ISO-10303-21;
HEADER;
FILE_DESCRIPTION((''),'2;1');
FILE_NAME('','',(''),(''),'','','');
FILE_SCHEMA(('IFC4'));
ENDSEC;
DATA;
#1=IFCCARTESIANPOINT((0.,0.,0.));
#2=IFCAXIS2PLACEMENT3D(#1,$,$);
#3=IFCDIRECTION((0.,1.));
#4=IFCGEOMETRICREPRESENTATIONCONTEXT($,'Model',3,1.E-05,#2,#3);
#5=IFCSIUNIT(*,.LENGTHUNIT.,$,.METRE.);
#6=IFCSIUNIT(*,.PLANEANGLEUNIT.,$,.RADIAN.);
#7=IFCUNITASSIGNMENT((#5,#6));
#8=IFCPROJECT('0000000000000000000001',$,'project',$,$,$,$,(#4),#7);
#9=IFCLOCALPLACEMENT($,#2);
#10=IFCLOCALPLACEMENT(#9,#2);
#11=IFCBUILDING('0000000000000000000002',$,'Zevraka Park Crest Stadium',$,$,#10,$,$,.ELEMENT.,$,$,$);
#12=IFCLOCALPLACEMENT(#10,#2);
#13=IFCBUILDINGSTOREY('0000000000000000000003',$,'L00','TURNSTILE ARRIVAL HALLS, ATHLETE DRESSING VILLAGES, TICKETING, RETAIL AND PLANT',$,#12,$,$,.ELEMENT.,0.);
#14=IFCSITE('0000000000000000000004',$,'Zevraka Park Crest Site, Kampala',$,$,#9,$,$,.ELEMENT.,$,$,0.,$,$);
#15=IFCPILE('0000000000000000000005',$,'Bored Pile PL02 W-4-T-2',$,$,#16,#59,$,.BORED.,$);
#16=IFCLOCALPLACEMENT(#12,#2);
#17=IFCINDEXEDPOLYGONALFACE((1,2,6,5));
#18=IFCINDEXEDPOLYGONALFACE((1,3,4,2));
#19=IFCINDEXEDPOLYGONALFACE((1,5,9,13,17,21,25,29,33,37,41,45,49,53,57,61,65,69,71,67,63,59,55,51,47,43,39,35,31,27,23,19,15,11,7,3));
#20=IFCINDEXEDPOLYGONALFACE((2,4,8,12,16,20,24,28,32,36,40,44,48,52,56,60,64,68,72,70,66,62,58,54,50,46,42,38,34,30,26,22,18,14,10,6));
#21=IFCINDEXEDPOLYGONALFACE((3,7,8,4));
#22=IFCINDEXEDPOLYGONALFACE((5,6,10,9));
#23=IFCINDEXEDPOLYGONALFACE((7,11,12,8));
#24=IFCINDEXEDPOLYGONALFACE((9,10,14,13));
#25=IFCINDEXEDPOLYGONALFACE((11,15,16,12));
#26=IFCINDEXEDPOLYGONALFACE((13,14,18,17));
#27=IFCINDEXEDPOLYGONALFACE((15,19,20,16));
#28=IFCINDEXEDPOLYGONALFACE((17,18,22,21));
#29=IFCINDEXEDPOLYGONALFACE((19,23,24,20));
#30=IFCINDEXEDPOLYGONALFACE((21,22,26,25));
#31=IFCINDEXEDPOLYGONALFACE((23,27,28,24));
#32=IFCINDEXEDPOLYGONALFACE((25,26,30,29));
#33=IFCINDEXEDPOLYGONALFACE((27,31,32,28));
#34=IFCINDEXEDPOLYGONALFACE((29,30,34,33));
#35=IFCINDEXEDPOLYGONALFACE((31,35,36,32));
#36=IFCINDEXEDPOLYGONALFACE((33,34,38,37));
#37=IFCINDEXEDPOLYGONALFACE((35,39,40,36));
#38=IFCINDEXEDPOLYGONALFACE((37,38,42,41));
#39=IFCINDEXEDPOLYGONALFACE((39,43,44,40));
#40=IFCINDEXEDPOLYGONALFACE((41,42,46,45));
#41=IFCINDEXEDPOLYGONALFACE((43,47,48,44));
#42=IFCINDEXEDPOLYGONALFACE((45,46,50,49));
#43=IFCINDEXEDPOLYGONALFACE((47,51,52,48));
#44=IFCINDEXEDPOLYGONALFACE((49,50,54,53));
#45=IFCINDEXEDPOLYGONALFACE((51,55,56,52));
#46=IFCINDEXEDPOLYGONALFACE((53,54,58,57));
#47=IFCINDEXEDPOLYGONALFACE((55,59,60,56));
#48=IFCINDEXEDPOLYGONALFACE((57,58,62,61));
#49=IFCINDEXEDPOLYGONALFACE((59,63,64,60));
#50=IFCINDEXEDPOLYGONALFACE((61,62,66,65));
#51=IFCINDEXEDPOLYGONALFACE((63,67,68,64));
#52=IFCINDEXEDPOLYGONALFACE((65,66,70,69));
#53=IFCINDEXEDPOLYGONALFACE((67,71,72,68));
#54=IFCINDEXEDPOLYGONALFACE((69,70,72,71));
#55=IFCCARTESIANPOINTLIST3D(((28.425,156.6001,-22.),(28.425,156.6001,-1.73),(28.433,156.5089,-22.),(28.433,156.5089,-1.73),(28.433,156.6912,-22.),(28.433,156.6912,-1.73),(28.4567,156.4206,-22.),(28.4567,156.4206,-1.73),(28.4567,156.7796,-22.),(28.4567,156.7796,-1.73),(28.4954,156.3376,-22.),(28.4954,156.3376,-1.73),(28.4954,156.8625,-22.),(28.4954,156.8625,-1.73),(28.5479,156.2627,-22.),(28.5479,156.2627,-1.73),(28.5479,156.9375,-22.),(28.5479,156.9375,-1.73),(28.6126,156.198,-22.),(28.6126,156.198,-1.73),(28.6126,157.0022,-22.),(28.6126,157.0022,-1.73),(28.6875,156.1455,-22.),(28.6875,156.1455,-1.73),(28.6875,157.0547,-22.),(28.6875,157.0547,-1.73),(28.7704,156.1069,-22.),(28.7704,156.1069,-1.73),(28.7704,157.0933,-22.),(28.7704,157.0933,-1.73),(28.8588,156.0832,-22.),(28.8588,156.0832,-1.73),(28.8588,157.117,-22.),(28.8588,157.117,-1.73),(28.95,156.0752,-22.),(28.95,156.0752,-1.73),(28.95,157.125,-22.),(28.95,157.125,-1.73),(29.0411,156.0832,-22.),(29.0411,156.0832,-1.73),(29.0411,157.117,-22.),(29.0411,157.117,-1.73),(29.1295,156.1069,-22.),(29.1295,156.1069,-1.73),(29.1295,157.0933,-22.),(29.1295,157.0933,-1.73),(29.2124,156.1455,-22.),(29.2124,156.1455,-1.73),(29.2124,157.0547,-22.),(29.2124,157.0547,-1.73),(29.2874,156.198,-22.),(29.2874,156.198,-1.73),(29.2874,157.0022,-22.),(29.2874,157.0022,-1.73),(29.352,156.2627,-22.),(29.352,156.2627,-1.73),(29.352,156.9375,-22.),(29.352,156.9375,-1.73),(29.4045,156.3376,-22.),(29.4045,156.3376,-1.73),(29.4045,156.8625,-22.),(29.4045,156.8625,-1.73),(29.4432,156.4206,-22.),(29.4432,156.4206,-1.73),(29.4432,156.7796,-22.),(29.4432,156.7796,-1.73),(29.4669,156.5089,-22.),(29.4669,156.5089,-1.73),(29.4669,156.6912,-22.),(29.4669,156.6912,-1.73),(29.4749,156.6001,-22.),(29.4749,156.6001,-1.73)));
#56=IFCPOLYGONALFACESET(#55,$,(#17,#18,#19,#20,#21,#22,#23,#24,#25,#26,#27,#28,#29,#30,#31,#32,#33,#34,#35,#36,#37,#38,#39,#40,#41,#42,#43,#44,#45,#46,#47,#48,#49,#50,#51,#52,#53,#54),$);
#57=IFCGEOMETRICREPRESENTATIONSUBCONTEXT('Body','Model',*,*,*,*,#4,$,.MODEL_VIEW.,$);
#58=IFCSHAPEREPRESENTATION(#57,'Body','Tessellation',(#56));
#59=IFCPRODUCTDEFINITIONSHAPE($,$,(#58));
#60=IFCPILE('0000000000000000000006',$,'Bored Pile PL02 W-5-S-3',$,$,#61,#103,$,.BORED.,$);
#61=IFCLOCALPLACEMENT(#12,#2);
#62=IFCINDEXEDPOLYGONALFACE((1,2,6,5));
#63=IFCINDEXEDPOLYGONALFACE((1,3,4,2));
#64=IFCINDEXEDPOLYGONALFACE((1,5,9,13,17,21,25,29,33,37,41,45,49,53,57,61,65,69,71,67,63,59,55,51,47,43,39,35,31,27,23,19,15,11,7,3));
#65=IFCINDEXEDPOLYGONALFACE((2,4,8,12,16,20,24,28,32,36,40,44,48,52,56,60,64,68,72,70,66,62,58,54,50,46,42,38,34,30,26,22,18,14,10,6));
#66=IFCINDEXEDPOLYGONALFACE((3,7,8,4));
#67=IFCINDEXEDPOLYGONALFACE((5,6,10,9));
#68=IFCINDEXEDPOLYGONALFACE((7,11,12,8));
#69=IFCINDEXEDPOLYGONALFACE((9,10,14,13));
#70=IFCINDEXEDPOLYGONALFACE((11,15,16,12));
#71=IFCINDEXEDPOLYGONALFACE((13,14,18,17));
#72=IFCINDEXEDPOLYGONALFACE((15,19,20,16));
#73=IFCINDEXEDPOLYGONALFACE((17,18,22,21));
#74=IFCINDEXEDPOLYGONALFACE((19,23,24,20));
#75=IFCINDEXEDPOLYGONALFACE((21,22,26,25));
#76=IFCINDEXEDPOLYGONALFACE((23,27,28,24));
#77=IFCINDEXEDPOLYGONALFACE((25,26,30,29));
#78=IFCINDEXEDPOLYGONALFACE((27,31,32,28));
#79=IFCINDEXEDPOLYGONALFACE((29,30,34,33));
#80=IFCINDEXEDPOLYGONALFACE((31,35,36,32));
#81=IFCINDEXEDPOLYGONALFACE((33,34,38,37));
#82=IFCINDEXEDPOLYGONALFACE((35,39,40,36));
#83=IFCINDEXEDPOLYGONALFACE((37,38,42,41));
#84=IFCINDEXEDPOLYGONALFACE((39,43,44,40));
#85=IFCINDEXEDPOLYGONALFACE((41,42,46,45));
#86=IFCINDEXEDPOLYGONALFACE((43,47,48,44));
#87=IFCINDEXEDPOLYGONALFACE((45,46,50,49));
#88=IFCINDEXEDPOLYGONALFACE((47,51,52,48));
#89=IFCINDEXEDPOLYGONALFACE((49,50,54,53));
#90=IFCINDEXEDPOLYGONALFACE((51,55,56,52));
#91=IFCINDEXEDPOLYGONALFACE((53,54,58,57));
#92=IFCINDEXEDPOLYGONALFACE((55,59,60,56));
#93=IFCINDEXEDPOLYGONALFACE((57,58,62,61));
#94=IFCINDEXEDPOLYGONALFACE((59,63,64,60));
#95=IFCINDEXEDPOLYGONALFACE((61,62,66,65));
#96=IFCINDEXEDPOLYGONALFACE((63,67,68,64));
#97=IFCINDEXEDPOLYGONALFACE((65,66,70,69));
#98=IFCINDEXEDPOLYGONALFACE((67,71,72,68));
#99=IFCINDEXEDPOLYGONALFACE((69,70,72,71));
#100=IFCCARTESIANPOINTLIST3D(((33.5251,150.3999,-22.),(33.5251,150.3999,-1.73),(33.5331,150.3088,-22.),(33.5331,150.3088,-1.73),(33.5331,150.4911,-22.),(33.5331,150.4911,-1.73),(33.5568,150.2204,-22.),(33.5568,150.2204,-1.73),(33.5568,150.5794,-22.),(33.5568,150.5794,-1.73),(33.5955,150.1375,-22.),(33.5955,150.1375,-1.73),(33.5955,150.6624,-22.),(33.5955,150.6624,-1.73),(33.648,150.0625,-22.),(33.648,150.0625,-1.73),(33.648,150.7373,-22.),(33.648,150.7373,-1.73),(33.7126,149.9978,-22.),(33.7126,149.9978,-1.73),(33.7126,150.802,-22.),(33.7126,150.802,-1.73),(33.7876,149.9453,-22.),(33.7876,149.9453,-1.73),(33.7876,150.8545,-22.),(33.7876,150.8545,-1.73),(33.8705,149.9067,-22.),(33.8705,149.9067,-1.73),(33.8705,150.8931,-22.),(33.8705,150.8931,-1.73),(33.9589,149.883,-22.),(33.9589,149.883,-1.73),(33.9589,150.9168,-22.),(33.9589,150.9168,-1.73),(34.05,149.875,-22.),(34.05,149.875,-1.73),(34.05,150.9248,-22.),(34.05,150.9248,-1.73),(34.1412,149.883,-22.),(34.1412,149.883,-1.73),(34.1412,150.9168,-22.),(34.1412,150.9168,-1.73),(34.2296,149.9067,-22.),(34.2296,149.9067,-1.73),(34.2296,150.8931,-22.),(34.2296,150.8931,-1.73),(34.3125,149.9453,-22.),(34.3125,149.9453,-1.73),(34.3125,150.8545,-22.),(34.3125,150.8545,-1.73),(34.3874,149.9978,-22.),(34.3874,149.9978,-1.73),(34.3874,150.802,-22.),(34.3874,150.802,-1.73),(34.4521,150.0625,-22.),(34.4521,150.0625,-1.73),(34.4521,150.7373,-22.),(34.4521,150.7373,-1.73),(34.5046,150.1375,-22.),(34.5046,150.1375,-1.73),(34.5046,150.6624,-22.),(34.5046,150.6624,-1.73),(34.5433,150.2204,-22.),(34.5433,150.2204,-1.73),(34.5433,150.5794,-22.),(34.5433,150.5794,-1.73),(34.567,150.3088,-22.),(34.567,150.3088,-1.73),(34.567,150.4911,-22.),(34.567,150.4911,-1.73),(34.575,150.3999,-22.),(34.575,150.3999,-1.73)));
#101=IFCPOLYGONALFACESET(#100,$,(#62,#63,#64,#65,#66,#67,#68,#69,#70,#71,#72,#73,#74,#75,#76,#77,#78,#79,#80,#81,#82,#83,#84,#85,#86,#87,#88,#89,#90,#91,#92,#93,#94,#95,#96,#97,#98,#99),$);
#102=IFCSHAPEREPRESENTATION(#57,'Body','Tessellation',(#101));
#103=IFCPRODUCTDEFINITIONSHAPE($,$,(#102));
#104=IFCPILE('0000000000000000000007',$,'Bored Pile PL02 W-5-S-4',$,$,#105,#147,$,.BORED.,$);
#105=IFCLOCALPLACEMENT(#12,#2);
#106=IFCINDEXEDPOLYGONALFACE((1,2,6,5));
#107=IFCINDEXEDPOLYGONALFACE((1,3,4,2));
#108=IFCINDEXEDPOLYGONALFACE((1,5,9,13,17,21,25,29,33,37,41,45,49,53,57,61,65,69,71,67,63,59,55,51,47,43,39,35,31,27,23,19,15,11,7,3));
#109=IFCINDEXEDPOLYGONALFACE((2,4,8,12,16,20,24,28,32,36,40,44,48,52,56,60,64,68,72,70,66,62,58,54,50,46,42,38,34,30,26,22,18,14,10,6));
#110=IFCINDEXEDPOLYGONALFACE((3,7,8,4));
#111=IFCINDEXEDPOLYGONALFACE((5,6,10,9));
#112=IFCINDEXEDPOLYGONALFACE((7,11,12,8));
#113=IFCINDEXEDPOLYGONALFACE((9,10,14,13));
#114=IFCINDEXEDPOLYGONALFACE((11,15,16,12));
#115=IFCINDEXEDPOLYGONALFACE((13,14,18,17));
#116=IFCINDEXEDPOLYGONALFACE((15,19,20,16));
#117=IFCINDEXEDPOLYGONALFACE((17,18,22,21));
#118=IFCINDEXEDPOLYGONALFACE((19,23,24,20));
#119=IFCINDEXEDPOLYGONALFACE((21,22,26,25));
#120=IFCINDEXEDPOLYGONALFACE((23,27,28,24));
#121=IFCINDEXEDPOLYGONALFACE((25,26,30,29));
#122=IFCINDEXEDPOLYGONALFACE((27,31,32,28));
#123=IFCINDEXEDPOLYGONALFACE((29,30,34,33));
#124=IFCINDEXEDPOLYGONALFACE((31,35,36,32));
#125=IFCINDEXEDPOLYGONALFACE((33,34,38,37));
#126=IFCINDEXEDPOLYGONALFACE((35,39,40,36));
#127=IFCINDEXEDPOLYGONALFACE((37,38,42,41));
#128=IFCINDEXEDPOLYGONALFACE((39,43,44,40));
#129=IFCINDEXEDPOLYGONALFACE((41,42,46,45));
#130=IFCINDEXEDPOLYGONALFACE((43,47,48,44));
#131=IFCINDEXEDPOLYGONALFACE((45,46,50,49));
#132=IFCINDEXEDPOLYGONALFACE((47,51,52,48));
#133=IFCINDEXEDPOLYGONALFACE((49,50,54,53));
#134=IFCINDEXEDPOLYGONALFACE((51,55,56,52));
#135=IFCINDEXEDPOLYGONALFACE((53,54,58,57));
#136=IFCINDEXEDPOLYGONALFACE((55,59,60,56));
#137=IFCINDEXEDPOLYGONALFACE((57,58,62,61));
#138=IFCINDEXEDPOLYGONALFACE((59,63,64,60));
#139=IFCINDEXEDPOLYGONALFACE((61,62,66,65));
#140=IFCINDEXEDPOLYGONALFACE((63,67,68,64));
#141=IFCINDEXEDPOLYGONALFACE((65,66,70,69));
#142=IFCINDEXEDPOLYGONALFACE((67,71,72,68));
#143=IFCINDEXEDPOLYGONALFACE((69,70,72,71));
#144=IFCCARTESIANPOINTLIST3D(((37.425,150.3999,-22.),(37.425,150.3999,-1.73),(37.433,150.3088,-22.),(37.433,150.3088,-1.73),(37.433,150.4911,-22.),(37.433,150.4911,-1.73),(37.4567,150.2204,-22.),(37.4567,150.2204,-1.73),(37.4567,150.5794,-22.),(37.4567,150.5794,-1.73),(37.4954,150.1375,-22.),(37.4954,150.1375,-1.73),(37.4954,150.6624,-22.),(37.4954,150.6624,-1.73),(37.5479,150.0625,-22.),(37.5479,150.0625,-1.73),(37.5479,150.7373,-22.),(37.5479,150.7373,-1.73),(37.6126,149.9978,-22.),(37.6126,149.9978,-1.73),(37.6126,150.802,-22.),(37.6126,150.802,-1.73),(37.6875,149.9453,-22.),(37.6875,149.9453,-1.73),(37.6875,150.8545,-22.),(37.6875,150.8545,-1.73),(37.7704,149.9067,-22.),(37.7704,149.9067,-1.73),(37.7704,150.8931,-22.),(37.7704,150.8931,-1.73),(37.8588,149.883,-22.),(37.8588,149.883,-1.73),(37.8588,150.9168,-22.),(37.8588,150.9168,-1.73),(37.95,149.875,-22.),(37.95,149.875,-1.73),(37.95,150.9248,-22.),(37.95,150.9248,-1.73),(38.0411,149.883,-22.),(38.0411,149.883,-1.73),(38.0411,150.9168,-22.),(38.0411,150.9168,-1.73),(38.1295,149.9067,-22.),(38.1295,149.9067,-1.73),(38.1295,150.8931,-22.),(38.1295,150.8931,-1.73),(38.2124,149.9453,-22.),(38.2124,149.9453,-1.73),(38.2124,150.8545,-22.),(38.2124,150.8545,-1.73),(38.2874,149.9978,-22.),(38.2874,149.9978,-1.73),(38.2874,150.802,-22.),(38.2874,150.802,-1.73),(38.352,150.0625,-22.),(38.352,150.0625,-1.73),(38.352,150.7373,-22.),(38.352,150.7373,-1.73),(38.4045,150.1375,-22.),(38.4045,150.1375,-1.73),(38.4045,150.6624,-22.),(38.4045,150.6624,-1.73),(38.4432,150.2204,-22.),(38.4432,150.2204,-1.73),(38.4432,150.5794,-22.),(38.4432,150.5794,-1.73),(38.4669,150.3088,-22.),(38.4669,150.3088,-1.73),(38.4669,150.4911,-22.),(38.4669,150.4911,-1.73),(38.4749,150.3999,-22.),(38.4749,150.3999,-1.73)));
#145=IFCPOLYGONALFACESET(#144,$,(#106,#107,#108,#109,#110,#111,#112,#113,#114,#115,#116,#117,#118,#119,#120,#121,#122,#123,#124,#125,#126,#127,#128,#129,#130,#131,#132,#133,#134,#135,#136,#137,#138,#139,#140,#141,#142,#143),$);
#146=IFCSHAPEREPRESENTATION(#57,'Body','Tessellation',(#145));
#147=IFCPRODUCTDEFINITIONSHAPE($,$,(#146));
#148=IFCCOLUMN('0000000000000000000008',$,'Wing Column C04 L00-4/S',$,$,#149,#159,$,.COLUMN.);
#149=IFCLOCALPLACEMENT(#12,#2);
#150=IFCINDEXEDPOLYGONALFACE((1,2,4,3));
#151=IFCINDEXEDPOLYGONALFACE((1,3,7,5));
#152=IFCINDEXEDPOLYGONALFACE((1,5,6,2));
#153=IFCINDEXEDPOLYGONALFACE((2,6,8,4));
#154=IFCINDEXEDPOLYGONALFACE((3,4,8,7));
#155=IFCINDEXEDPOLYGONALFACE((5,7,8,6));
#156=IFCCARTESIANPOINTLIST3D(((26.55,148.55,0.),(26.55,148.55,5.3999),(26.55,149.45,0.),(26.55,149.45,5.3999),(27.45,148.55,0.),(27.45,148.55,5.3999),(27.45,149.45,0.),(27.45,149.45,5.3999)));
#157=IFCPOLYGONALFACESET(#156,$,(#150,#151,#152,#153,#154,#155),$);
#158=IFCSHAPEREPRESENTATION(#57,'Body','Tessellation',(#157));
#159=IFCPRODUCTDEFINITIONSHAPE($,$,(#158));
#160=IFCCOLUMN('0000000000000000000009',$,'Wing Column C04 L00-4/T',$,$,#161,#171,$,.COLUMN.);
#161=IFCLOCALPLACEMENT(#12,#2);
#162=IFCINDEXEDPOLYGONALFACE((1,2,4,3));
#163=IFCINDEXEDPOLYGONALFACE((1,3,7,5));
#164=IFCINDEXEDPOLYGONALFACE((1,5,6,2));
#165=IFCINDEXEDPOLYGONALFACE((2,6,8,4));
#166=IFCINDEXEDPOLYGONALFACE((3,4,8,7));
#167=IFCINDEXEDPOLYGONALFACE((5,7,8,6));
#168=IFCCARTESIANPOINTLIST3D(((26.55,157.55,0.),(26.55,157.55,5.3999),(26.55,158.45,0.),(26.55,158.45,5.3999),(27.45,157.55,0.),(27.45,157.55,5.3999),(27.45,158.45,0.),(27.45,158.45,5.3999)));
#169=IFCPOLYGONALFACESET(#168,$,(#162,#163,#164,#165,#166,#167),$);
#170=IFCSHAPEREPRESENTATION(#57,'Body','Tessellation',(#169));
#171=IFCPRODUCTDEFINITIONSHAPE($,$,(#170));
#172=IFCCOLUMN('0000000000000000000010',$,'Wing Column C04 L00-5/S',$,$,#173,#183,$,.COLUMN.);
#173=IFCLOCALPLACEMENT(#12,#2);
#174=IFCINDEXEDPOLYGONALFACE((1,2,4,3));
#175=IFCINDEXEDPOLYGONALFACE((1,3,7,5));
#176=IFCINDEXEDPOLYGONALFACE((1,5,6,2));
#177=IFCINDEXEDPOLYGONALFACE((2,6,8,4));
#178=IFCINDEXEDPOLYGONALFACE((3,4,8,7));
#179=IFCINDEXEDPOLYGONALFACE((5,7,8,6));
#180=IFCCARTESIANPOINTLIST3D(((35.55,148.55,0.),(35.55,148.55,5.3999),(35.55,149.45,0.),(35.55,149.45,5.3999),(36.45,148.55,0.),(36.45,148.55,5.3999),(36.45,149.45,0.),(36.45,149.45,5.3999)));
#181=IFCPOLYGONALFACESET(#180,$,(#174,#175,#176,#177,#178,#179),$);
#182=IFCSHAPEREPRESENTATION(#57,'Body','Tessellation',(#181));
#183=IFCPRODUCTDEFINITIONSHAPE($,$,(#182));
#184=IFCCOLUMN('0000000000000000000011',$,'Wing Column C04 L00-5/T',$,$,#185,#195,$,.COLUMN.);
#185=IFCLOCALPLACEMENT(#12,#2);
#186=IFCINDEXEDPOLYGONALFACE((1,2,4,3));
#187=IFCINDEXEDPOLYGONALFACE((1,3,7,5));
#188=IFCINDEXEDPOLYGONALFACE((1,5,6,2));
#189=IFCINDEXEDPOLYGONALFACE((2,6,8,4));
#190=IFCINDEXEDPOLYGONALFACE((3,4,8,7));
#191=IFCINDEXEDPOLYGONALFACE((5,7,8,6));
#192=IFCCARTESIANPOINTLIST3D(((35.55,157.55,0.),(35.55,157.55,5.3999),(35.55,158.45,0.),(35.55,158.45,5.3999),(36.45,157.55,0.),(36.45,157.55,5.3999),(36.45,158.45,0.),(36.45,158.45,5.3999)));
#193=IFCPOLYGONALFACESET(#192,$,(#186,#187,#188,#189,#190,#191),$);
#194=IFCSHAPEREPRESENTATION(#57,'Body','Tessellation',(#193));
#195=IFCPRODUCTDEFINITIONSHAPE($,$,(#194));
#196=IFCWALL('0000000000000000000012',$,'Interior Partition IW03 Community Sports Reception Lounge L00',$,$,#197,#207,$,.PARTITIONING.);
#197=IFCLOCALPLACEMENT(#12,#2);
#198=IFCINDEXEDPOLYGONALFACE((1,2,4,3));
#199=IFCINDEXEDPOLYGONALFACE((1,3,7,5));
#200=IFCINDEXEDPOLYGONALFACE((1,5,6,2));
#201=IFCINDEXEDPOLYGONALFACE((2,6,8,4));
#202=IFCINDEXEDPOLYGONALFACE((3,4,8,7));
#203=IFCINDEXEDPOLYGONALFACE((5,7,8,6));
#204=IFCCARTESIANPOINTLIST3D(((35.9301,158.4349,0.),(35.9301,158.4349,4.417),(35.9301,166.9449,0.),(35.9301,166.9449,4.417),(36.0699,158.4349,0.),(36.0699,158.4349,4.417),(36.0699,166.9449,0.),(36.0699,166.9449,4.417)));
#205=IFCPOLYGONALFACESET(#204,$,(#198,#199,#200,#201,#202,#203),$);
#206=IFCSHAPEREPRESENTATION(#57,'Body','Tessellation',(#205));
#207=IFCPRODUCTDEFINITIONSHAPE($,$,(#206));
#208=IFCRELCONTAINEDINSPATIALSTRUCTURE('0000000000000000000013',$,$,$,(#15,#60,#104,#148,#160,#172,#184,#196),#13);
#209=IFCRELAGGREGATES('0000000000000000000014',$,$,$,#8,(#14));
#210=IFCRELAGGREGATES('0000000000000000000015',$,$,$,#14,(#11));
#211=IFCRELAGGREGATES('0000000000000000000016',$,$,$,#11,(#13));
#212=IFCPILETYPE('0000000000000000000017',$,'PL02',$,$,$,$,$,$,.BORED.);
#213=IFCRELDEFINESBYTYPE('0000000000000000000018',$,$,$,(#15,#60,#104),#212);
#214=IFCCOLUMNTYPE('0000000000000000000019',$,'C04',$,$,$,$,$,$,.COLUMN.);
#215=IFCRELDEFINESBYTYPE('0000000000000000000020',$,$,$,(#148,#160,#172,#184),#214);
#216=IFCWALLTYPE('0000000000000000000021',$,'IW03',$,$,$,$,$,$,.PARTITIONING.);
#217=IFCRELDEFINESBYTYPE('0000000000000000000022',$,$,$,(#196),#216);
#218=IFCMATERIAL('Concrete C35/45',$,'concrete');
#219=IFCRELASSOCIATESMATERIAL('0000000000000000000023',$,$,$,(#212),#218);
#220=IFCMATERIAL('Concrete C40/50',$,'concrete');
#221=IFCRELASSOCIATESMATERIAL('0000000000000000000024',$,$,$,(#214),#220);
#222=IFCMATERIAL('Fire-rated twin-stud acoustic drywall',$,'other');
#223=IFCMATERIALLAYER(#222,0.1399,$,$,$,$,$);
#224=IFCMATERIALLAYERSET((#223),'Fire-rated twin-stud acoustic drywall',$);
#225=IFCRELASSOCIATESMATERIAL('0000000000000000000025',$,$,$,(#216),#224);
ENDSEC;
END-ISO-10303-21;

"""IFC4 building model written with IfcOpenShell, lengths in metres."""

from ifc_helpers import new_model, si_unit, direction, frame, frame_2d, origin, origin_2d, place, context, subcontext, project, spatial, rectangle, circle, extrude, material, layer, layer_set, material_profile, profile_set, type_object, element, save


model = new_model("IFC4")

# Units and contexts
model_context = context("Model", 3, precision=1e-05, world=origin(), true_north=direction((0.0, 1.0)))
body_context = subcontext(model_context, "Body", "Model", "MODEL_VIEW")
ifc_project = project(units=[si_unit("LENGTHUNIT", "METRE"), si_unit("PLANEANGLEUNIT", "RADIAN")], contexts=[model_context])

# Site, building, storey
site_placement = place(None, origin())
site = spatial("IfcSite", under=ifc_project, at=site_placement, Name="Zevraka Park Crest Site, Kampala", CompositionType="ELEMENT", RefElevation=0.0)
building_placement = place(site_placement, origin())
building = spatial("IfcBuilding", under=site, at=building_placement, Name="Zevraka Park Crest Stadium", CompositionType="ELEMENT")
storey_placement = place(building_placement, origin())
storey = spatial("IfcBuildingStorey", under=building, at=storey_placement, Name="L00", Description="TURNSTILE ARRIVAL HALLS, ATHLETE DRESSING VILLAGES, TICKETING, RETAIL AND PLANT", CompositionType="ELEMENT", Elevation=0.0)

# Piles
ifc_material_1 = material(Name="Concrete C35/45", Category="concrete")
ifc_material_profile_1 = material_profile(ifc_material_1, circle(Radius=0.5249, at=origin_2d()), Name="PILE D1050")
ifc_profile_set_1 = profile_set([ifc_material_profile_1], Name="Concrete C35/45")
pile_type_1 = type_object("IfcPileType", Name="PL02", PredefinedType="BORED", material=ifc_profile_set_1)
for number, where, z_axis, x_axis, name in (
    (1, (28.95, 156.6001, -1.73), (0.0, 0.0, -1.0), (1.0, 0.0, 0.0), "Bored Pile PL02 W-4-T-2"),
    (2, (34.05, 150.3999, -1.73), (0.0, 0.0, -1.0), (1.0, 0.0, 0.0), "Bored Pile PL02 W-5-S-3"),
    (3, (37.95, 150.3999, -1.73), (0.0, 0.0, -1.0), (1.0, 0.0, 0.0), "Bored Pile PL02 W-5-S-4"),
):
    element("IfcPile", number, at=place(storey_placement, frame(where, z_axis=z_axis, x_axis=x_axis)), inside=storey, type_object=pile_type_1, Name=name, PredefinedType="BORED", context=body_context, shape_type="SweptSolid", body=[
        extrude(circle(Radius=0.5249, at=origin_2d()), origin(), (0.0, 0.0, 1.0), 20.27),
    ])

# Columns
ifc_material_2 = material(Name="Concrete C40/50", Category="concrete")
ifc_material_profile_2 = material_profile(ifc_material_2, rectangle(XDim=0.8999, YDim=0.8999, at=origin_2d()), Name="RC 900x900")
ifc_profile_set_2 = profile_set([ifc_material_profile_2], Name="Concrete C40/50")
column_type = type_object("IfcColumnType", Name="C04", PredefinedType="COLUMN", material=ifc_profile_set_2)
for number, where, z_axis, x_axis, name in (
    (4, (27.0, 149.0, 0.0), (0.0, 0.0, 1.0), (1.0, 0.0, 0.0), "Wing Column C04 L00-4/S"),
    (5, (27.0, 158.0, 0.0), (0.0, 0.0, 1.0), (1.0, 0.0, 0.0), "Wing Column C04 L00-4/T"),
    (6, (36.0, 149.0, 0.0), (0.0, 0.0, 1.0), (1.0, 0.0, 0.0), "Wing Column C04 L00-5/S"),
    (7, (36.0, 158.0, 0.0), (0.0, 0.0, 1.0), (1.0, 0.0, 0.0), "Wing Column C04 L00-5/T"),
):
    element("IfcColumn", number, at=place(storey_placement, frame(where, z_axis=z_axis, x_axis=x_axis)), inside=storey, type_object=column_type, Name=name, PredefinedType="COLUMN", context=body_context, shape_type="SweptSolid", body=[
        extrude(rectangle(XDim=0.8999, YDim=0.8999, at=origin_2d()), origin(), (0.0, 0.0, 1.0), 5.3999),
    ])

# Wall
ifc_material_3 = material(Name="Fire-rated twin-stud acoustic drywall", Category="other")
ifc_layer = layer(ifc_material_3, 0.1399)
ifc_layer_set = layer_set([ifc_layer], Name="Fire-rated twin-stud acoustic drywall")
wall_type = type_object("IfcWallType", Name="IW03", PredefinedType="PARTITIONING", material=ifc_layer_set)
wall_placement = place(storey_placement, frame((36.0, 158.4351, 0.0), z_axis=(0.0, 0.0, 1.0), x_axis=(0.0, 1.0, 0.0)))
element("IfcWall", 8, at=wall_placement, inside=storey, type_object=wall_type, Name="Interior Partition IW03 Community Sports Reception Lounge L00", PredefinedType="PARTITIONING", context=body_context, shape_type="SweptSolid", body=[
    extrude(rectangle(XDim=8.51, YDim=0.1399, at=frame_2d((4.2549, 0.0))), origin(), (0.0, 0.0, 1.0), 4.417),
])

save(model, "model.ifc")
